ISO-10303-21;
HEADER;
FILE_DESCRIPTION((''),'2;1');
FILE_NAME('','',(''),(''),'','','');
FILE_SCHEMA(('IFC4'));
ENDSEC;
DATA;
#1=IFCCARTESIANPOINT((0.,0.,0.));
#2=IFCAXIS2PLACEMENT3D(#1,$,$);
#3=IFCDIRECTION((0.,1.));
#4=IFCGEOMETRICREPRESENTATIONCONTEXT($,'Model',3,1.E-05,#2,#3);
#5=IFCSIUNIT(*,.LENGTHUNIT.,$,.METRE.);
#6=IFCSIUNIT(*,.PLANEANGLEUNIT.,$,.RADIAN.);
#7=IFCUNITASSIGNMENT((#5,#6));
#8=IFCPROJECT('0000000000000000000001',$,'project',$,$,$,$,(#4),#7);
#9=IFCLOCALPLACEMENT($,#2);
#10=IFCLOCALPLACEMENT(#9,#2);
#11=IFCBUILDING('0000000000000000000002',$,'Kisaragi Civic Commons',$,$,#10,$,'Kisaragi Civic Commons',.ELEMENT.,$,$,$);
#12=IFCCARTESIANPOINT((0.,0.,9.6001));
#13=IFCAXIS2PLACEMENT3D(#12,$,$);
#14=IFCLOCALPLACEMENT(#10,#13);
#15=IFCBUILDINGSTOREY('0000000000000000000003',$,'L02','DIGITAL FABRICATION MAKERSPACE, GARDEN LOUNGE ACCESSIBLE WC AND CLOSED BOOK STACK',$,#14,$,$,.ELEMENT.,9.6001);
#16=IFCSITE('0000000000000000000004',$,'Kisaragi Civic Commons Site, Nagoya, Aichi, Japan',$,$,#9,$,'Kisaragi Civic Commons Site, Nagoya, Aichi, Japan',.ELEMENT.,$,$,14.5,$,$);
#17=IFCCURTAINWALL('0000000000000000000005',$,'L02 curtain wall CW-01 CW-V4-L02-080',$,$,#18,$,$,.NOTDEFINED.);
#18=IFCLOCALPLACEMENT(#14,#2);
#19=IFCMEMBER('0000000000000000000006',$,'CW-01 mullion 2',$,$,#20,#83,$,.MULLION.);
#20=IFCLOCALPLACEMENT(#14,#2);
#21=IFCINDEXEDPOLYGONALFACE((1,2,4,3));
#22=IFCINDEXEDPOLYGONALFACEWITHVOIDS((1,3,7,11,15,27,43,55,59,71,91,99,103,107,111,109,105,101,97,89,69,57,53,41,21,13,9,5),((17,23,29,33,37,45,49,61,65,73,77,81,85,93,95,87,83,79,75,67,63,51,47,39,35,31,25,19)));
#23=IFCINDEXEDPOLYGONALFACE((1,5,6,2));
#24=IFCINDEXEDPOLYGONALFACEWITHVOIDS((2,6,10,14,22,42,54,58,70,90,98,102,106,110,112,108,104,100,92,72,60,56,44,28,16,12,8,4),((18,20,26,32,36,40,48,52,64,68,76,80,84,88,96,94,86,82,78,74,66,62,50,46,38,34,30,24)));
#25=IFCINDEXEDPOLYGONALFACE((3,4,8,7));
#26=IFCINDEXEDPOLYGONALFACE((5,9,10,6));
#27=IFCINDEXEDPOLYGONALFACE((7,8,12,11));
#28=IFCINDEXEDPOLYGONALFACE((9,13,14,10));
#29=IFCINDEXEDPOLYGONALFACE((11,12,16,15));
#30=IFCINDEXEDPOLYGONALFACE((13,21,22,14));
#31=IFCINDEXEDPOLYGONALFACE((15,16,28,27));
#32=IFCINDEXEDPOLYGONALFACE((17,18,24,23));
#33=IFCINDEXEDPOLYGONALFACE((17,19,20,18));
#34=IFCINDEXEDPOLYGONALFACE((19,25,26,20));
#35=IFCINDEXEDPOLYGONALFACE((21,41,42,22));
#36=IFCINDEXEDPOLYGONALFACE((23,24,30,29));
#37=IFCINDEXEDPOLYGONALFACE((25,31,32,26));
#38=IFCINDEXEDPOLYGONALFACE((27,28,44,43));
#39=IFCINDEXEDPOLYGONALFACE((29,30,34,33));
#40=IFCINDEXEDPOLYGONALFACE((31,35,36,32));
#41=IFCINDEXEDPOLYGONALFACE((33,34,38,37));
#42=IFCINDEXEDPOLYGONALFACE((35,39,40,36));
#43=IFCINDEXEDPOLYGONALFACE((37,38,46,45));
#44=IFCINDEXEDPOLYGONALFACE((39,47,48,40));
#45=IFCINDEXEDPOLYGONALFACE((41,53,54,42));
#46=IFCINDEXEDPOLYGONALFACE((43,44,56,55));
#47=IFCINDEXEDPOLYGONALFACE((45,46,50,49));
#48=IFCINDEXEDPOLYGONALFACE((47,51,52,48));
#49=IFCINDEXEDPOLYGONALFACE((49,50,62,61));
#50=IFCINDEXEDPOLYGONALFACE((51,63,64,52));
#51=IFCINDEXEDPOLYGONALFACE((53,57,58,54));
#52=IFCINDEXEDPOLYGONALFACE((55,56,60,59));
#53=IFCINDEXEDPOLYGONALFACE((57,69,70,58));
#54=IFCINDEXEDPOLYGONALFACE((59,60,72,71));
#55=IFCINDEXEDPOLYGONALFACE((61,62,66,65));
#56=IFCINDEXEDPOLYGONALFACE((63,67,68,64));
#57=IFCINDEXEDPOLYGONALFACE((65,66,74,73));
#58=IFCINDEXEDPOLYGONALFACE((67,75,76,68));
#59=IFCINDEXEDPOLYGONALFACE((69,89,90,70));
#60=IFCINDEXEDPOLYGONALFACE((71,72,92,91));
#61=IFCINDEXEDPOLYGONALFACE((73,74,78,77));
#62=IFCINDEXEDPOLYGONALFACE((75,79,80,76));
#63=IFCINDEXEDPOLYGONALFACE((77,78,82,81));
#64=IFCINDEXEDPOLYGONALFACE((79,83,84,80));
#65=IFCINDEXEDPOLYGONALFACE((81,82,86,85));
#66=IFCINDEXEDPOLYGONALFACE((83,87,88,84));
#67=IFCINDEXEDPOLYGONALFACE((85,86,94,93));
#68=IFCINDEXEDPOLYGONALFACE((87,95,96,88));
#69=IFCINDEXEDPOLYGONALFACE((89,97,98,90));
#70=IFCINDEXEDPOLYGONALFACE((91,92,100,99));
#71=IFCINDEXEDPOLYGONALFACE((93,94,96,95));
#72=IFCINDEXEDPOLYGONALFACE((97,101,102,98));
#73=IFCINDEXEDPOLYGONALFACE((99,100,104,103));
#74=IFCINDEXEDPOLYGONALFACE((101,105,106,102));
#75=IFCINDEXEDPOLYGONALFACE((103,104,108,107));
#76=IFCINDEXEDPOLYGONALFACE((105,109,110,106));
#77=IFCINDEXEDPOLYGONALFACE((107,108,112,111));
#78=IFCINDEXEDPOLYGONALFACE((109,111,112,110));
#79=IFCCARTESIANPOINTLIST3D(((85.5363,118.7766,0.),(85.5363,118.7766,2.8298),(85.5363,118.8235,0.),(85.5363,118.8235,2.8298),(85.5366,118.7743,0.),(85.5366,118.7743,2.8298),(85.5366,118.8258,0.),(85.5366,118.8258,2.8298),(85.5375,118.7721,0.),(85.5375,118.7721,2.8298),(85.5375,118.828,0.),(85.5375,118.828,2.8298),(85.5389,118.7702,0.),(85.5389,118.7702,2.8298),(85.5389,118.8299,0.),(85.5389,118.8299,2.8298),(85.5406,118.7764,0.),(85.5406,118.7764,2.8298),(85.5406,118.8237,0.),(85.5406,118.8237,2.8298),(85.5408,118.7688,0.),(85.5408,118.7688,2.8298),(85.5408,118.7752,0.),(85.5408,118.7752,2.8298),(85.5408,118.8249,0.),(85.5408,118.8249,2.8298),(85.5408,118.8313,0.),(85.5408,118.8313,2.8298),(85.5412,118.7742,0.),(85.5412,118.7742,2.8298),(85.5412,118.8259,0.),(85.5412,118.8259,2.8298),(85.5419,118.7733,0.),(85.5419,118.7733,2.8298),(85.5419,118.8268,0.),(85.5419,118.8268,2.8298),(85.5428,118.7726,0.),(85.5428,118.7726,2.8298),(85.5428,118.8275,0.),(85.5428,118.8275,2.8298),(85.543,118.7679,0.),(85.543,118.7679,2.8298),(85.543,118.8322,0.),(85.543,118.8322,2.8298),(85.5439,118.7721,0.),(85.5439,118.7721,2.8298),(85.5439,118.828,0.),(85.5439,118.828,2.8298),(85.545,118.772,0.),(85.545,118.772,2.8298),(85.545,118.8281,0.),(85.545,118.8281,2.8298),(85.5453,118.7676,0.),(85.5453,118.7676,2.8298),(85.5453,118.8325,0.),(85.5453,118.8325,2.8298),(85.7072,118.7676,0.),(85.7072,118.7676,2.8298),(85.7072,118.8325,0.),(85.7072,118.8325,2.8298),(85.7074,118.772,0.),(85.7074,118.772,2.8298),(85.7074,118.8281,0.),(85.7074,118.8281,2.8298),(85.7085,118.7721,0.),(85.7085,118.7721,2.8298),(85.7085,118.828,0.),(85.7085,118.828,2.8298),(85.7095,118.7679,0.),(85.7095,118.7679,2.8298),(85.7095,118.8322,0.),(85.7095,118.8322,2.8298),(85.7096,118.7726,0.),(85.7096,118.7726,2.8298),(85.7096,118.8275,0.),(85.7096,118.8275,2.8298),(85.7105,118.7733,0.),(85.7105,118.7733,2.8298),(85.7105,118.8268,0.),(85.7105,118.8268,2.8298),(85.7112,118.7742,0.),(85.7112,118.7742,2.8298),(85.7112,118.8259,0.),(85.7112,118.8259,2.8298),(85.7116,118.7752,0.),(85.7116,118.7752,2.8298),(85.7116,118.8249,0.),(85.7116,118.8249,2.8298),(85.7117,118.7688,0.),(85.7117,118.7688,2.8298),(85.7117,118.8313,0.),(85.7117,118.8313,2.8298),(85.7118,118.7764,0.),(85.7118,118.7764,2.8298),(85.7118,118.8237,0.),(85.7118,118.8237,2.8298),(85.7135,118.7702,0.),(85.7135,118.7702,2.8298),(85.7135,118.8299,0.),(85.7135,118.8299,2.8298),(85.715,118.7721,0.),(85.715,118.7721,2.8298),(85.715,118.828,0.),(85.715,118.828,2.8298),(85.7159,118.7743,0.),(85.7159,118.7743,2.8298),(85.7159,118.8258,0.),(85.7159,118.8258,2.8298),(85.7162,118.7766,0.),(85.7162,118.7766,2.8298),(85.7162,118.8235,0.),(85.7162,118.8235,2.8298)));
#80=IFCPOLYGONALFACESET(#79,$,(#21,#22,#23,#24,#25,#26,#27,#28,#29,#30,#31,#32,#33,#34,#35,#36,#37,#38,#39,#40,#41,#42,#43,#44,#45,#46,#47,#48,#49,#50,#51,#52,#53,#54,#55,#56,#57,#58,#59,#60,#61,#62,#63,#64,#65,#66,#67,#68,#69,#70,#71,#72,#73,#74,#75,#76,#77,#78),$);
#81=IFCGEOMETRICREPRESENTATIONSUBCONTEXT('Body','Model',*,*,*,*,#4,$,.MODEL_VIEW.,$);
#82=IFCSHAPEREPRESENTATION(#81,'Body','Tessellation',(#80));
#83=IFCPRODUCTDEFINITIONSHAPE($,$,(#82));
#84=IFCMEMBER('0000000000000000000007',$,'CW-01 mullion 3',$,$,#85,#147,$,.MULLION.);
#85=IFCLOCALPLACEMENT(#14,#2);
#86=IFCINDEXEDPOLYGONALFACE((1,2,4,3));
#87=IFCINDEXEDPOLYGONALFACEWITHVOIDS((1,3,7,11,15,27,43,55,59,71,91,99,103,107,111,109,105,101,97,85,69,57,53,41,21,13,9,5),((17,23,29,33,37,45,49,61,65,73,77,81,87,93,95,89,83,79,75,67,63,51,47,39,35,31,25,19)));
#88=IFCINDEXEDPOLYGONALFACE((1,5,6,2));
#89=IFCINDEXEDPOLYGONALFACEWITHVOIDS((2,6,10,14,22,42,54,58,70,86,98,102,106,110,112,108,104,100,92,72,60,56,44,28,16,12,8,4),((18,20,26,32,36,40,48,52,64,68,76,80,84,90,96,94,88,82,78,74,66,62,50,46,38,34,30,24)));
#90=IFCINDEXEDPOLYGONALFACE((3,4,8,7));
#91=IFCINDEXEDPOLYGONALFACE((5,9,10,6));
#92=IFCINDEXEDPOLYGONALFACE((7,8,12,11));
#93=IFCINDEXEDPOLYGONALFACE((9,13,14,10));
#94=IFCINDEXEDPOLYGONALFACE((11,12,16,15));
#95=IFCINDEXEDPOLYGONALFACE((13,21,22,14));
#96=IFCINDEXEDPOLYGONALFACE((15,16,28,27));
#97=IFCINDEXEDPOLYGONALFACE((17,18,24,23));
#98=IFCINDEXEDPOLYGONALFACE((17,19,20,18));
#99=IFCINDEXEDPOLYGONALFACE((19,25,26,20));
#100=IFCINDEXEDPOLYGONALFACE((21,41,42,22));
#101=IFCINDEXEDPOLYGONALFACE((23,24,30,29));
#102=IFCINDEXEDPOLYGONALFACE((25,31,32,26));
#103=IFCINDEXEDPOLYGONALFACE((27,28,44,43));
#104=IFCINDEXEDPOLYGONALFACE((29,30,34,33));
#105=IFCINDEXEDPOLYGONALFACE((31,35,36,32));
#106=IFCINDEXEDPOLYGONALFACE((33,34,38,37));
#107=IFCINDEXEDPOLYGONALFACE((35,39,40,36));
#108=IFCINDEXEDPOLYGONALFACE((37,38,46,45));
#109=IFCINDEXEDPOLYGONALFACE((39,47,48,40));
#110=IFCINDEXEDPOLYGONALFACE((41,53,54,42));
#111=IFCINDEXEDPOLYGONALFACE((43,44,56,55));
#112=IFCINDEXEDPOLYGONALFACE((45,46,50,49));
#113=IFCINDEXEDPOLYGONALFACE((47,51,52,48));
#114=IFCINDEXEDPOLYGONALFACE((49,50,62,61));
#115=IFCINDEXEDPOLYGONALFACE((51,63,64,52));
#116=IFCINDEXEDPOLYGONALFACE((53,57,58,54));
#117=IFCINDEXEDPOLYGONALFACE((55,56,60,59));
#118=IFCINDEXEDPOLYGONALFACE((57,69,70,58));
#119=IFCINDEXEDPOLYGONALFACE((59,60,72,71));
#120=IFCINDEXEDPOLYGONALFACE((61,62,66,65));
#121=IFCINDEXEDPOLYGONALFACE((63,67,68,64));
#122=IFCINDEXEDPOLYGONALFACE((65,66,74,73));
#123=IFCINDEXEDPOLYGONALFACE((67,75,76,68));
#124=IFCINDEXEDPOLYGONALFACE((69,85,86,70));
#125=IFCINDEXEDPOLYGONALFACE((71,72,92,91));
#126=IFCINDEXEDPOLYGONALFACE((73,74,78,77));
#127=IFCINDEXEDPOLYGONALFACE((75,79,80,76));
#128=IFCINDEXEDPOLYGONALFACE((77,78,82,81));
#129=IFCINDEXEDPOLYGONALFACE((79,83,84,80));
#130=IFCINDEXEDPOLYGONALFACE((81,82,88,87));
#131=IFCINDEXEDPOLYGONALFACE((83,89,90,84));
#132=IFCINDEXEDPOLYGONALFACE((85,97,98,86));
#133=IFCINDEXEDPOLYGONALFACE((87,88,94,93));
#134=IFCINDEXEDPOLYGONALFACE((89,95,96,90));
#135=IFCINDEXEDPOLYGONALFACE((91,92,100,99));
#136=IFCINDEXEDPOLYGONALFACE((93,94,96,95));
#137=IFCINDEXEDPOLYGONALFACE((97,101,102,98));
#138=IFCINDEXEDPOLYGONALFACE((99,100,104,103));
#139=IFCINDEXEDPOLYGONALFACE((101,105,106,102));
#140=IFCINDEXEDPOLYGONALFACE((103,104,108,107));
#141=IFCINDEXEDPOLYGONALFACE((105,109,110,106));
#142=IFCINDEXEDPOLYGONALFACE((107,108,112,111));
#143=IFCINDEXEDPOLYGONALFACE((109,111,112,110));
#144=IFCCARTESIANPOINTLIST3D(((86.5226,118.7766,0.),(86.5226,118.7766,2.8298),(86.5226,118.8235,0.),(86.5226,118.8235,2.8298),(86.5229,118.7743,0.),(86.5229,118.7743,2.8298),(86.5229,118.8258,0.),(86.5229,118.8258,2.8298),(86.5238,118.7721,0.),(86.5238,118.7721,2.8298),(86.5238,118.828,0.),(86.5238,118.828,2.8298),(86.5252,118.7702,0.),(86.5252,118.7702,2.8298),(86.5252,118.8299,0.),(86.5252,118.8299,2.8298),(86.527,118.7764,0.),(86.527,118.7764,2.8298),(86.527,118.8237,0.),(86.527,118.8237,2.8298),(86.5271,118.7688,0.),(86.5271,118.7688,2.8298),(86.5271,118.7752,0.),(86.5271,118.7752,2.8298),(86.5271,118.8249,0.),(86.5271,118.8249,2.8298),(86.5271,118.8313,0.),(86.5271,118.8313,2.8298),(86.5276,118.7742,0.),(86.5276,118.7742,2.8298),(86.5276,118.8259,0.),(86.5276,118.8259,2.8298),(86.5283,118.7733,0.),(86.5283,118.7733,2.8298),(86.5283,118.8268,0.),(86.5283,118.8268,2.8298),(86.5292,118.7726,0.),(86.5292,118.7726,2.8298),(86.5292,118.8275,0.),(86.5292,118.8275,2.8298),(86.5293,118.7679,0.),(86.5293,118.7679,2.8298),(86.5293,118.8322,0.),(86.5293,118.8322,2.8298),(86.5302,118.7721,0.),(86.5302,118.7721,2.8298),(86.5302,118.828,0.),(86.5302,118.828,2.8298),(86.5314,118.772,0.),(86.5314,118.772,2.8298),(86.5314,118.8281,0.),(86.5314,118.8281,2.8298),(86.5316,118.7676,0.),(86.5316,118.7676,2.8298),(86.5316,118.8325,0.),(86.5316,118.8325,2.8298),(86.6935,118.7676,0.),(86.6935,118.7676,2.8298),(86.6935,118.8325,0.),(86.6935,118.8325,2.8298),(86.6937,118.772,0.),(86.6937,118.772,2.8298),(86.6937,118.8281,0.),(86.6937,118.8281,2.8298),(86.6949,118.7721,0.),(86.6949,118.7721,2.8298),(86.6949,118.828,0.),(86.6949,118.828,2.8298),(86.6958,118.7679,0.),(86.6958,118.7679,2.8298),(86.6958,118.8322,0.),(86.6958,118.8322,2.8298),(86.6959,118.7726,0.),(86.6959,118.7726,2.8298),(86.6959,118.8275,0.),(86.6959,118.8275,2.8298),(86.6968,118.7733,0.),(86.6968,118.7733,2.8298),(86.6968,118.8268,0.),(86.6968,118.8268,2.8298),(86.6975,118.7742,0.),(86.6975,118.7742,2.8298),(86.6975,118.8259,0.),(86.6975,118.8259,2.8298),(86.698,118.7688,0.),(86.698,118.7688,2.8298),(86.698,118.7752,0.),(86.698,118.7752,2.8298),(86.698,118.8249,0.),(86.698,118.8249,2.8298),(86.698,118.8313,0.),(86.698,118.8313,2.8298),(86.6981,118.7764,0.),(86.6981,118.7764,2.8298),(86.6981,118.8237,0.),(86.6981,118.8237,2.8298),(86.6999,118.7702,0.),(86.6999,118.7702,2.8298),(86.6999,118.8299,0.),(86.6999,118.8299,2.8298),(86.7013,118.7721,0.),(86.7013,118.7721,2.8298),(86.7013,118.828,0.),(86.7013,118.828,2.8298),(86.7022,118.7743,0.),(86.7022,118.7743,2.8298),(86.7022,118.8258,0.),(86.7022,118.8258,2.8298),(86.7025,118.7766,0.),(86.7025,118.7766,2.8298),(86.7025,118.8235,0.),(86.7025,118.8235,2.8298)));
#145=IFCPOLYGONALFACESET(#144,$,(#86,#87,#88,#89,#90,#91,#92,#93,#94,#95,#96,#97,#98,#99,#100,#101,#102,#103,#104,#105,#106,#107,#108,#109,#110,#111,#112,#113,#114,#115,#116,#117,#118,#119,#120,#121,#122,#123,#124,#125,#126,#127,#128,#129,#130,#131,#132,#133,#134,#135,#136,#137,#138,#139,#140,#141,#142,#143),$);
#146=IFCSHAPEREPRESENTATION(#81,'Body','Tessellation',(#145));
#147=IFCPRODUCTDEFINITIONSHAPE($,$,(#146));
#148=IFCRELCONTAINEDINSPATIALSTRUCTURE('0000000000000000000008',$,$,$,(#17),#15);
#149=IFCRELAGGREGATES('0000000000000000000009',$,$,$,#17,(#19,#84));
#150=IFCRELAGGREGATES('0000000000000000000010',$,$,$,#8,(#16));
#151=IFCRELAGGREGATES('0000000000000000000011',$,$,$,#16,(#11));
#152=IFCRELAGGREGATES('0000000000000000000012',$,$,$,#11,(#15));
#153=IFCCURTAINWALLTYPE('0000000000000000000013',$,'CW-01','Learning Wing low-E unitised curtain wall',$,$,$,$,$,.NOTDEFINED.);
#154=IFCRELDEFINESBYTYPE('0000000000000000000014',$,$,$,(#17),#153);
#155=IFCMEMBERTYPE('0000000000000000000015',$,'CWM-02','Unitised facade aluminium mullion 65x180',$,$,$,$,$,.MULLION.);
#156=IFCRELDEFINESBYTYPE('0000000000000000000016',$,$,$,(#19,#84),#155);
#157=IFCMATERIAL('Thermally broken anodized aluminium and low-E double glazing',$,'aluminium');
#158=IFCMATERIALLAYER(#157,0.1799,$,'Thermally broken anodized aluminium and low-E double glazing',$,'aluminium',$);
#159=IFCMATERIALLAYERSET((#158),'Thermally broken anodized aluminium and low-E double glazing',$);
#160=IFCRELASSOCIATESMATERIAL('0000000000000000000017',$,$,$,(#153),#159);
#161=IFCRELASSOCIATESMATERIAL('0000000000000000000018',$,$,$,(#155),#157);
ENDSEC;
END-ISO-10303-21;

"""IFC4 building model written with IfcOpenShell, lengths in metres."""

from ifc_helpers import new_model, si_unit, direction, frame, origin, origin_2d, place, context, subcontext, project, spatial, hollow_rectangle, extrude, material, layer, layer_set, material_profile, profile_set, type_object, element, aggregate, save


model = new_model("IFC4")

# Units and contexts
model_context = context("Model", 3, precision=1e-05, world=origin(), true_north=direction((0.0, 1.0)))
body_context = subcontext(model_context, "Body", "Model", "MODEL_VIEW")
ifc_project = project(units=[si_unit("LENGTHUNIT", "METRE"), si_unit("PLANEANGLEUNIT", "RADIAN")], contexts=[model_context])

# Site, building, storey
site_placement = place(None, origin())
site = spatial("IfcSite", under=ifc_project, at=site_placement, Name="Kisaragi Civic Commons Site, Nagoya, Aichi, Japan", LongName="Kisaragi Civic Commons Site, Nagoya, Aichi, Japan", CompositionType="ELEMENT", RefElevation=14.5)
building_placement = place(site_placement, origin())
building = spatial("IfcBuilding", under=site, at=building_placement, Name="Kisaragi Civic Commons", LongName="Kisaragi Civic Commons", CompositionType="ELEMENT")
storey_placement = place(building_placement, frame((0.0, 0.0, 9.6001)))
storey = spatial("IfcBuildingStorey", under=building, at=storey_placement, Name="L02", Description="DIGITAL FABRICATION MAKERSPACE, GARDEN LOUNGE ACCESSIBLE WC AND CLOSED BOOK STACK", CompositionType="ELEMENT", Elevation=9.6001)

# Shared definitions
ifc_material_1 = material(Name="Thermally broken anodized aluminium and low-E double glazing", Category="aluminium")
ifc_layer_1 = layer(ifc_material_1, 0.1799, Name="Thermally broken anodized aluminium and low-E double glazing", Category="aluminium")
ifc_layer_set_1 = layer_set([ifc_layer_1], Name="Thermally broken anodized aluminium and low-E double glazing")
curtain_wall_type = type_object("IfcCurtainWallType", Name="CW-01", Description="Learning Wing low-E unitised curtain wall", PredefinedType="NOTDEFINED", material=ifc_layer_set_1)
ifc_material_profile_1 = material_profile(ifc_material_1, hollow_rectangle(XDim=0.0649, YDim=0.1799, WallThickness=0.0044, InnerFilletRadius=0.0044, OuterFilletRadius=0.009, at=origin_2d()), Name="CWM-65x180x4.5", Category="aluminium")
ifc_profile_set_1 = profile_set([ifc_material_profile_1], Name="Thermally broken anodized aluminium and low-E double glazing")
member_type_1 = type_object("IfcMemberType", Name="CWM-02", Description="Unitised facade aluminium mullion 65x180", PredefinedType="MULLION", material=ifc_profile_set_1)

# Curtain wall, members
curtain_wall_1_placement = place(storey_placement, origin())
curtain_wall_1 = element("IfcCurtainWall", 1, at=curtain_wall_1_placement, inside=storey, type_object=curtain_wall_type, Name="L02 curtain wall CW-01 CW-V4-L02-080", PredefinedType="NOTDEFINED")
member_1_placement = place(storey_placement, frame((85.6262, 118.8, 0.0), z_axis=(0.0, 0.0, 1.0), x_axis=(0.0, 1.0, 0.0)))
member_1 = element("IfcMember", 2, at=member_1_placement, type_object=member_type_1, Name="CW-01 mullion 2", PredefinedType="MULLION", context=body_context, shape_type="SweptSolid", body=[
    extrude(hollow_rectangle(XDim=0.0649, YDim=0.1799, WallThickness=0.0044, InnerFilletRadius=0.0044, OuterFilletRadius=0.009, at=origin_2d()), origin(), (0.0, 0.0, 1.0), 2.8298),
])
member_2_placement = place(storey_placement, frame((86.6125, 118.8, 0.0), z_axis=(0.0, 0.0, 1.0), x_axis=(0.0, 1.0, 0.0)))
member_2 = element("IfcMember", 3, at=member_2_placement, type_object=member_type_1, Name="CW-01 mullion 3", PredefinedType="MULLION", context=body_context, shape_type="SweptSolid", body=[
    extrude(hollow_rectangle(XDim=0.0649, YDim=0.1799, WallThickness=0.0044, InnerFilletRadius=0.0044, OuterFilletRadius=0.009, at=origin_2d()), origin(), (0.0, 0.0, 1.0), 2.8298),
])

aggregate(curtain_wall_1, [member_1, member_2])

save(model, "model.ifc")
